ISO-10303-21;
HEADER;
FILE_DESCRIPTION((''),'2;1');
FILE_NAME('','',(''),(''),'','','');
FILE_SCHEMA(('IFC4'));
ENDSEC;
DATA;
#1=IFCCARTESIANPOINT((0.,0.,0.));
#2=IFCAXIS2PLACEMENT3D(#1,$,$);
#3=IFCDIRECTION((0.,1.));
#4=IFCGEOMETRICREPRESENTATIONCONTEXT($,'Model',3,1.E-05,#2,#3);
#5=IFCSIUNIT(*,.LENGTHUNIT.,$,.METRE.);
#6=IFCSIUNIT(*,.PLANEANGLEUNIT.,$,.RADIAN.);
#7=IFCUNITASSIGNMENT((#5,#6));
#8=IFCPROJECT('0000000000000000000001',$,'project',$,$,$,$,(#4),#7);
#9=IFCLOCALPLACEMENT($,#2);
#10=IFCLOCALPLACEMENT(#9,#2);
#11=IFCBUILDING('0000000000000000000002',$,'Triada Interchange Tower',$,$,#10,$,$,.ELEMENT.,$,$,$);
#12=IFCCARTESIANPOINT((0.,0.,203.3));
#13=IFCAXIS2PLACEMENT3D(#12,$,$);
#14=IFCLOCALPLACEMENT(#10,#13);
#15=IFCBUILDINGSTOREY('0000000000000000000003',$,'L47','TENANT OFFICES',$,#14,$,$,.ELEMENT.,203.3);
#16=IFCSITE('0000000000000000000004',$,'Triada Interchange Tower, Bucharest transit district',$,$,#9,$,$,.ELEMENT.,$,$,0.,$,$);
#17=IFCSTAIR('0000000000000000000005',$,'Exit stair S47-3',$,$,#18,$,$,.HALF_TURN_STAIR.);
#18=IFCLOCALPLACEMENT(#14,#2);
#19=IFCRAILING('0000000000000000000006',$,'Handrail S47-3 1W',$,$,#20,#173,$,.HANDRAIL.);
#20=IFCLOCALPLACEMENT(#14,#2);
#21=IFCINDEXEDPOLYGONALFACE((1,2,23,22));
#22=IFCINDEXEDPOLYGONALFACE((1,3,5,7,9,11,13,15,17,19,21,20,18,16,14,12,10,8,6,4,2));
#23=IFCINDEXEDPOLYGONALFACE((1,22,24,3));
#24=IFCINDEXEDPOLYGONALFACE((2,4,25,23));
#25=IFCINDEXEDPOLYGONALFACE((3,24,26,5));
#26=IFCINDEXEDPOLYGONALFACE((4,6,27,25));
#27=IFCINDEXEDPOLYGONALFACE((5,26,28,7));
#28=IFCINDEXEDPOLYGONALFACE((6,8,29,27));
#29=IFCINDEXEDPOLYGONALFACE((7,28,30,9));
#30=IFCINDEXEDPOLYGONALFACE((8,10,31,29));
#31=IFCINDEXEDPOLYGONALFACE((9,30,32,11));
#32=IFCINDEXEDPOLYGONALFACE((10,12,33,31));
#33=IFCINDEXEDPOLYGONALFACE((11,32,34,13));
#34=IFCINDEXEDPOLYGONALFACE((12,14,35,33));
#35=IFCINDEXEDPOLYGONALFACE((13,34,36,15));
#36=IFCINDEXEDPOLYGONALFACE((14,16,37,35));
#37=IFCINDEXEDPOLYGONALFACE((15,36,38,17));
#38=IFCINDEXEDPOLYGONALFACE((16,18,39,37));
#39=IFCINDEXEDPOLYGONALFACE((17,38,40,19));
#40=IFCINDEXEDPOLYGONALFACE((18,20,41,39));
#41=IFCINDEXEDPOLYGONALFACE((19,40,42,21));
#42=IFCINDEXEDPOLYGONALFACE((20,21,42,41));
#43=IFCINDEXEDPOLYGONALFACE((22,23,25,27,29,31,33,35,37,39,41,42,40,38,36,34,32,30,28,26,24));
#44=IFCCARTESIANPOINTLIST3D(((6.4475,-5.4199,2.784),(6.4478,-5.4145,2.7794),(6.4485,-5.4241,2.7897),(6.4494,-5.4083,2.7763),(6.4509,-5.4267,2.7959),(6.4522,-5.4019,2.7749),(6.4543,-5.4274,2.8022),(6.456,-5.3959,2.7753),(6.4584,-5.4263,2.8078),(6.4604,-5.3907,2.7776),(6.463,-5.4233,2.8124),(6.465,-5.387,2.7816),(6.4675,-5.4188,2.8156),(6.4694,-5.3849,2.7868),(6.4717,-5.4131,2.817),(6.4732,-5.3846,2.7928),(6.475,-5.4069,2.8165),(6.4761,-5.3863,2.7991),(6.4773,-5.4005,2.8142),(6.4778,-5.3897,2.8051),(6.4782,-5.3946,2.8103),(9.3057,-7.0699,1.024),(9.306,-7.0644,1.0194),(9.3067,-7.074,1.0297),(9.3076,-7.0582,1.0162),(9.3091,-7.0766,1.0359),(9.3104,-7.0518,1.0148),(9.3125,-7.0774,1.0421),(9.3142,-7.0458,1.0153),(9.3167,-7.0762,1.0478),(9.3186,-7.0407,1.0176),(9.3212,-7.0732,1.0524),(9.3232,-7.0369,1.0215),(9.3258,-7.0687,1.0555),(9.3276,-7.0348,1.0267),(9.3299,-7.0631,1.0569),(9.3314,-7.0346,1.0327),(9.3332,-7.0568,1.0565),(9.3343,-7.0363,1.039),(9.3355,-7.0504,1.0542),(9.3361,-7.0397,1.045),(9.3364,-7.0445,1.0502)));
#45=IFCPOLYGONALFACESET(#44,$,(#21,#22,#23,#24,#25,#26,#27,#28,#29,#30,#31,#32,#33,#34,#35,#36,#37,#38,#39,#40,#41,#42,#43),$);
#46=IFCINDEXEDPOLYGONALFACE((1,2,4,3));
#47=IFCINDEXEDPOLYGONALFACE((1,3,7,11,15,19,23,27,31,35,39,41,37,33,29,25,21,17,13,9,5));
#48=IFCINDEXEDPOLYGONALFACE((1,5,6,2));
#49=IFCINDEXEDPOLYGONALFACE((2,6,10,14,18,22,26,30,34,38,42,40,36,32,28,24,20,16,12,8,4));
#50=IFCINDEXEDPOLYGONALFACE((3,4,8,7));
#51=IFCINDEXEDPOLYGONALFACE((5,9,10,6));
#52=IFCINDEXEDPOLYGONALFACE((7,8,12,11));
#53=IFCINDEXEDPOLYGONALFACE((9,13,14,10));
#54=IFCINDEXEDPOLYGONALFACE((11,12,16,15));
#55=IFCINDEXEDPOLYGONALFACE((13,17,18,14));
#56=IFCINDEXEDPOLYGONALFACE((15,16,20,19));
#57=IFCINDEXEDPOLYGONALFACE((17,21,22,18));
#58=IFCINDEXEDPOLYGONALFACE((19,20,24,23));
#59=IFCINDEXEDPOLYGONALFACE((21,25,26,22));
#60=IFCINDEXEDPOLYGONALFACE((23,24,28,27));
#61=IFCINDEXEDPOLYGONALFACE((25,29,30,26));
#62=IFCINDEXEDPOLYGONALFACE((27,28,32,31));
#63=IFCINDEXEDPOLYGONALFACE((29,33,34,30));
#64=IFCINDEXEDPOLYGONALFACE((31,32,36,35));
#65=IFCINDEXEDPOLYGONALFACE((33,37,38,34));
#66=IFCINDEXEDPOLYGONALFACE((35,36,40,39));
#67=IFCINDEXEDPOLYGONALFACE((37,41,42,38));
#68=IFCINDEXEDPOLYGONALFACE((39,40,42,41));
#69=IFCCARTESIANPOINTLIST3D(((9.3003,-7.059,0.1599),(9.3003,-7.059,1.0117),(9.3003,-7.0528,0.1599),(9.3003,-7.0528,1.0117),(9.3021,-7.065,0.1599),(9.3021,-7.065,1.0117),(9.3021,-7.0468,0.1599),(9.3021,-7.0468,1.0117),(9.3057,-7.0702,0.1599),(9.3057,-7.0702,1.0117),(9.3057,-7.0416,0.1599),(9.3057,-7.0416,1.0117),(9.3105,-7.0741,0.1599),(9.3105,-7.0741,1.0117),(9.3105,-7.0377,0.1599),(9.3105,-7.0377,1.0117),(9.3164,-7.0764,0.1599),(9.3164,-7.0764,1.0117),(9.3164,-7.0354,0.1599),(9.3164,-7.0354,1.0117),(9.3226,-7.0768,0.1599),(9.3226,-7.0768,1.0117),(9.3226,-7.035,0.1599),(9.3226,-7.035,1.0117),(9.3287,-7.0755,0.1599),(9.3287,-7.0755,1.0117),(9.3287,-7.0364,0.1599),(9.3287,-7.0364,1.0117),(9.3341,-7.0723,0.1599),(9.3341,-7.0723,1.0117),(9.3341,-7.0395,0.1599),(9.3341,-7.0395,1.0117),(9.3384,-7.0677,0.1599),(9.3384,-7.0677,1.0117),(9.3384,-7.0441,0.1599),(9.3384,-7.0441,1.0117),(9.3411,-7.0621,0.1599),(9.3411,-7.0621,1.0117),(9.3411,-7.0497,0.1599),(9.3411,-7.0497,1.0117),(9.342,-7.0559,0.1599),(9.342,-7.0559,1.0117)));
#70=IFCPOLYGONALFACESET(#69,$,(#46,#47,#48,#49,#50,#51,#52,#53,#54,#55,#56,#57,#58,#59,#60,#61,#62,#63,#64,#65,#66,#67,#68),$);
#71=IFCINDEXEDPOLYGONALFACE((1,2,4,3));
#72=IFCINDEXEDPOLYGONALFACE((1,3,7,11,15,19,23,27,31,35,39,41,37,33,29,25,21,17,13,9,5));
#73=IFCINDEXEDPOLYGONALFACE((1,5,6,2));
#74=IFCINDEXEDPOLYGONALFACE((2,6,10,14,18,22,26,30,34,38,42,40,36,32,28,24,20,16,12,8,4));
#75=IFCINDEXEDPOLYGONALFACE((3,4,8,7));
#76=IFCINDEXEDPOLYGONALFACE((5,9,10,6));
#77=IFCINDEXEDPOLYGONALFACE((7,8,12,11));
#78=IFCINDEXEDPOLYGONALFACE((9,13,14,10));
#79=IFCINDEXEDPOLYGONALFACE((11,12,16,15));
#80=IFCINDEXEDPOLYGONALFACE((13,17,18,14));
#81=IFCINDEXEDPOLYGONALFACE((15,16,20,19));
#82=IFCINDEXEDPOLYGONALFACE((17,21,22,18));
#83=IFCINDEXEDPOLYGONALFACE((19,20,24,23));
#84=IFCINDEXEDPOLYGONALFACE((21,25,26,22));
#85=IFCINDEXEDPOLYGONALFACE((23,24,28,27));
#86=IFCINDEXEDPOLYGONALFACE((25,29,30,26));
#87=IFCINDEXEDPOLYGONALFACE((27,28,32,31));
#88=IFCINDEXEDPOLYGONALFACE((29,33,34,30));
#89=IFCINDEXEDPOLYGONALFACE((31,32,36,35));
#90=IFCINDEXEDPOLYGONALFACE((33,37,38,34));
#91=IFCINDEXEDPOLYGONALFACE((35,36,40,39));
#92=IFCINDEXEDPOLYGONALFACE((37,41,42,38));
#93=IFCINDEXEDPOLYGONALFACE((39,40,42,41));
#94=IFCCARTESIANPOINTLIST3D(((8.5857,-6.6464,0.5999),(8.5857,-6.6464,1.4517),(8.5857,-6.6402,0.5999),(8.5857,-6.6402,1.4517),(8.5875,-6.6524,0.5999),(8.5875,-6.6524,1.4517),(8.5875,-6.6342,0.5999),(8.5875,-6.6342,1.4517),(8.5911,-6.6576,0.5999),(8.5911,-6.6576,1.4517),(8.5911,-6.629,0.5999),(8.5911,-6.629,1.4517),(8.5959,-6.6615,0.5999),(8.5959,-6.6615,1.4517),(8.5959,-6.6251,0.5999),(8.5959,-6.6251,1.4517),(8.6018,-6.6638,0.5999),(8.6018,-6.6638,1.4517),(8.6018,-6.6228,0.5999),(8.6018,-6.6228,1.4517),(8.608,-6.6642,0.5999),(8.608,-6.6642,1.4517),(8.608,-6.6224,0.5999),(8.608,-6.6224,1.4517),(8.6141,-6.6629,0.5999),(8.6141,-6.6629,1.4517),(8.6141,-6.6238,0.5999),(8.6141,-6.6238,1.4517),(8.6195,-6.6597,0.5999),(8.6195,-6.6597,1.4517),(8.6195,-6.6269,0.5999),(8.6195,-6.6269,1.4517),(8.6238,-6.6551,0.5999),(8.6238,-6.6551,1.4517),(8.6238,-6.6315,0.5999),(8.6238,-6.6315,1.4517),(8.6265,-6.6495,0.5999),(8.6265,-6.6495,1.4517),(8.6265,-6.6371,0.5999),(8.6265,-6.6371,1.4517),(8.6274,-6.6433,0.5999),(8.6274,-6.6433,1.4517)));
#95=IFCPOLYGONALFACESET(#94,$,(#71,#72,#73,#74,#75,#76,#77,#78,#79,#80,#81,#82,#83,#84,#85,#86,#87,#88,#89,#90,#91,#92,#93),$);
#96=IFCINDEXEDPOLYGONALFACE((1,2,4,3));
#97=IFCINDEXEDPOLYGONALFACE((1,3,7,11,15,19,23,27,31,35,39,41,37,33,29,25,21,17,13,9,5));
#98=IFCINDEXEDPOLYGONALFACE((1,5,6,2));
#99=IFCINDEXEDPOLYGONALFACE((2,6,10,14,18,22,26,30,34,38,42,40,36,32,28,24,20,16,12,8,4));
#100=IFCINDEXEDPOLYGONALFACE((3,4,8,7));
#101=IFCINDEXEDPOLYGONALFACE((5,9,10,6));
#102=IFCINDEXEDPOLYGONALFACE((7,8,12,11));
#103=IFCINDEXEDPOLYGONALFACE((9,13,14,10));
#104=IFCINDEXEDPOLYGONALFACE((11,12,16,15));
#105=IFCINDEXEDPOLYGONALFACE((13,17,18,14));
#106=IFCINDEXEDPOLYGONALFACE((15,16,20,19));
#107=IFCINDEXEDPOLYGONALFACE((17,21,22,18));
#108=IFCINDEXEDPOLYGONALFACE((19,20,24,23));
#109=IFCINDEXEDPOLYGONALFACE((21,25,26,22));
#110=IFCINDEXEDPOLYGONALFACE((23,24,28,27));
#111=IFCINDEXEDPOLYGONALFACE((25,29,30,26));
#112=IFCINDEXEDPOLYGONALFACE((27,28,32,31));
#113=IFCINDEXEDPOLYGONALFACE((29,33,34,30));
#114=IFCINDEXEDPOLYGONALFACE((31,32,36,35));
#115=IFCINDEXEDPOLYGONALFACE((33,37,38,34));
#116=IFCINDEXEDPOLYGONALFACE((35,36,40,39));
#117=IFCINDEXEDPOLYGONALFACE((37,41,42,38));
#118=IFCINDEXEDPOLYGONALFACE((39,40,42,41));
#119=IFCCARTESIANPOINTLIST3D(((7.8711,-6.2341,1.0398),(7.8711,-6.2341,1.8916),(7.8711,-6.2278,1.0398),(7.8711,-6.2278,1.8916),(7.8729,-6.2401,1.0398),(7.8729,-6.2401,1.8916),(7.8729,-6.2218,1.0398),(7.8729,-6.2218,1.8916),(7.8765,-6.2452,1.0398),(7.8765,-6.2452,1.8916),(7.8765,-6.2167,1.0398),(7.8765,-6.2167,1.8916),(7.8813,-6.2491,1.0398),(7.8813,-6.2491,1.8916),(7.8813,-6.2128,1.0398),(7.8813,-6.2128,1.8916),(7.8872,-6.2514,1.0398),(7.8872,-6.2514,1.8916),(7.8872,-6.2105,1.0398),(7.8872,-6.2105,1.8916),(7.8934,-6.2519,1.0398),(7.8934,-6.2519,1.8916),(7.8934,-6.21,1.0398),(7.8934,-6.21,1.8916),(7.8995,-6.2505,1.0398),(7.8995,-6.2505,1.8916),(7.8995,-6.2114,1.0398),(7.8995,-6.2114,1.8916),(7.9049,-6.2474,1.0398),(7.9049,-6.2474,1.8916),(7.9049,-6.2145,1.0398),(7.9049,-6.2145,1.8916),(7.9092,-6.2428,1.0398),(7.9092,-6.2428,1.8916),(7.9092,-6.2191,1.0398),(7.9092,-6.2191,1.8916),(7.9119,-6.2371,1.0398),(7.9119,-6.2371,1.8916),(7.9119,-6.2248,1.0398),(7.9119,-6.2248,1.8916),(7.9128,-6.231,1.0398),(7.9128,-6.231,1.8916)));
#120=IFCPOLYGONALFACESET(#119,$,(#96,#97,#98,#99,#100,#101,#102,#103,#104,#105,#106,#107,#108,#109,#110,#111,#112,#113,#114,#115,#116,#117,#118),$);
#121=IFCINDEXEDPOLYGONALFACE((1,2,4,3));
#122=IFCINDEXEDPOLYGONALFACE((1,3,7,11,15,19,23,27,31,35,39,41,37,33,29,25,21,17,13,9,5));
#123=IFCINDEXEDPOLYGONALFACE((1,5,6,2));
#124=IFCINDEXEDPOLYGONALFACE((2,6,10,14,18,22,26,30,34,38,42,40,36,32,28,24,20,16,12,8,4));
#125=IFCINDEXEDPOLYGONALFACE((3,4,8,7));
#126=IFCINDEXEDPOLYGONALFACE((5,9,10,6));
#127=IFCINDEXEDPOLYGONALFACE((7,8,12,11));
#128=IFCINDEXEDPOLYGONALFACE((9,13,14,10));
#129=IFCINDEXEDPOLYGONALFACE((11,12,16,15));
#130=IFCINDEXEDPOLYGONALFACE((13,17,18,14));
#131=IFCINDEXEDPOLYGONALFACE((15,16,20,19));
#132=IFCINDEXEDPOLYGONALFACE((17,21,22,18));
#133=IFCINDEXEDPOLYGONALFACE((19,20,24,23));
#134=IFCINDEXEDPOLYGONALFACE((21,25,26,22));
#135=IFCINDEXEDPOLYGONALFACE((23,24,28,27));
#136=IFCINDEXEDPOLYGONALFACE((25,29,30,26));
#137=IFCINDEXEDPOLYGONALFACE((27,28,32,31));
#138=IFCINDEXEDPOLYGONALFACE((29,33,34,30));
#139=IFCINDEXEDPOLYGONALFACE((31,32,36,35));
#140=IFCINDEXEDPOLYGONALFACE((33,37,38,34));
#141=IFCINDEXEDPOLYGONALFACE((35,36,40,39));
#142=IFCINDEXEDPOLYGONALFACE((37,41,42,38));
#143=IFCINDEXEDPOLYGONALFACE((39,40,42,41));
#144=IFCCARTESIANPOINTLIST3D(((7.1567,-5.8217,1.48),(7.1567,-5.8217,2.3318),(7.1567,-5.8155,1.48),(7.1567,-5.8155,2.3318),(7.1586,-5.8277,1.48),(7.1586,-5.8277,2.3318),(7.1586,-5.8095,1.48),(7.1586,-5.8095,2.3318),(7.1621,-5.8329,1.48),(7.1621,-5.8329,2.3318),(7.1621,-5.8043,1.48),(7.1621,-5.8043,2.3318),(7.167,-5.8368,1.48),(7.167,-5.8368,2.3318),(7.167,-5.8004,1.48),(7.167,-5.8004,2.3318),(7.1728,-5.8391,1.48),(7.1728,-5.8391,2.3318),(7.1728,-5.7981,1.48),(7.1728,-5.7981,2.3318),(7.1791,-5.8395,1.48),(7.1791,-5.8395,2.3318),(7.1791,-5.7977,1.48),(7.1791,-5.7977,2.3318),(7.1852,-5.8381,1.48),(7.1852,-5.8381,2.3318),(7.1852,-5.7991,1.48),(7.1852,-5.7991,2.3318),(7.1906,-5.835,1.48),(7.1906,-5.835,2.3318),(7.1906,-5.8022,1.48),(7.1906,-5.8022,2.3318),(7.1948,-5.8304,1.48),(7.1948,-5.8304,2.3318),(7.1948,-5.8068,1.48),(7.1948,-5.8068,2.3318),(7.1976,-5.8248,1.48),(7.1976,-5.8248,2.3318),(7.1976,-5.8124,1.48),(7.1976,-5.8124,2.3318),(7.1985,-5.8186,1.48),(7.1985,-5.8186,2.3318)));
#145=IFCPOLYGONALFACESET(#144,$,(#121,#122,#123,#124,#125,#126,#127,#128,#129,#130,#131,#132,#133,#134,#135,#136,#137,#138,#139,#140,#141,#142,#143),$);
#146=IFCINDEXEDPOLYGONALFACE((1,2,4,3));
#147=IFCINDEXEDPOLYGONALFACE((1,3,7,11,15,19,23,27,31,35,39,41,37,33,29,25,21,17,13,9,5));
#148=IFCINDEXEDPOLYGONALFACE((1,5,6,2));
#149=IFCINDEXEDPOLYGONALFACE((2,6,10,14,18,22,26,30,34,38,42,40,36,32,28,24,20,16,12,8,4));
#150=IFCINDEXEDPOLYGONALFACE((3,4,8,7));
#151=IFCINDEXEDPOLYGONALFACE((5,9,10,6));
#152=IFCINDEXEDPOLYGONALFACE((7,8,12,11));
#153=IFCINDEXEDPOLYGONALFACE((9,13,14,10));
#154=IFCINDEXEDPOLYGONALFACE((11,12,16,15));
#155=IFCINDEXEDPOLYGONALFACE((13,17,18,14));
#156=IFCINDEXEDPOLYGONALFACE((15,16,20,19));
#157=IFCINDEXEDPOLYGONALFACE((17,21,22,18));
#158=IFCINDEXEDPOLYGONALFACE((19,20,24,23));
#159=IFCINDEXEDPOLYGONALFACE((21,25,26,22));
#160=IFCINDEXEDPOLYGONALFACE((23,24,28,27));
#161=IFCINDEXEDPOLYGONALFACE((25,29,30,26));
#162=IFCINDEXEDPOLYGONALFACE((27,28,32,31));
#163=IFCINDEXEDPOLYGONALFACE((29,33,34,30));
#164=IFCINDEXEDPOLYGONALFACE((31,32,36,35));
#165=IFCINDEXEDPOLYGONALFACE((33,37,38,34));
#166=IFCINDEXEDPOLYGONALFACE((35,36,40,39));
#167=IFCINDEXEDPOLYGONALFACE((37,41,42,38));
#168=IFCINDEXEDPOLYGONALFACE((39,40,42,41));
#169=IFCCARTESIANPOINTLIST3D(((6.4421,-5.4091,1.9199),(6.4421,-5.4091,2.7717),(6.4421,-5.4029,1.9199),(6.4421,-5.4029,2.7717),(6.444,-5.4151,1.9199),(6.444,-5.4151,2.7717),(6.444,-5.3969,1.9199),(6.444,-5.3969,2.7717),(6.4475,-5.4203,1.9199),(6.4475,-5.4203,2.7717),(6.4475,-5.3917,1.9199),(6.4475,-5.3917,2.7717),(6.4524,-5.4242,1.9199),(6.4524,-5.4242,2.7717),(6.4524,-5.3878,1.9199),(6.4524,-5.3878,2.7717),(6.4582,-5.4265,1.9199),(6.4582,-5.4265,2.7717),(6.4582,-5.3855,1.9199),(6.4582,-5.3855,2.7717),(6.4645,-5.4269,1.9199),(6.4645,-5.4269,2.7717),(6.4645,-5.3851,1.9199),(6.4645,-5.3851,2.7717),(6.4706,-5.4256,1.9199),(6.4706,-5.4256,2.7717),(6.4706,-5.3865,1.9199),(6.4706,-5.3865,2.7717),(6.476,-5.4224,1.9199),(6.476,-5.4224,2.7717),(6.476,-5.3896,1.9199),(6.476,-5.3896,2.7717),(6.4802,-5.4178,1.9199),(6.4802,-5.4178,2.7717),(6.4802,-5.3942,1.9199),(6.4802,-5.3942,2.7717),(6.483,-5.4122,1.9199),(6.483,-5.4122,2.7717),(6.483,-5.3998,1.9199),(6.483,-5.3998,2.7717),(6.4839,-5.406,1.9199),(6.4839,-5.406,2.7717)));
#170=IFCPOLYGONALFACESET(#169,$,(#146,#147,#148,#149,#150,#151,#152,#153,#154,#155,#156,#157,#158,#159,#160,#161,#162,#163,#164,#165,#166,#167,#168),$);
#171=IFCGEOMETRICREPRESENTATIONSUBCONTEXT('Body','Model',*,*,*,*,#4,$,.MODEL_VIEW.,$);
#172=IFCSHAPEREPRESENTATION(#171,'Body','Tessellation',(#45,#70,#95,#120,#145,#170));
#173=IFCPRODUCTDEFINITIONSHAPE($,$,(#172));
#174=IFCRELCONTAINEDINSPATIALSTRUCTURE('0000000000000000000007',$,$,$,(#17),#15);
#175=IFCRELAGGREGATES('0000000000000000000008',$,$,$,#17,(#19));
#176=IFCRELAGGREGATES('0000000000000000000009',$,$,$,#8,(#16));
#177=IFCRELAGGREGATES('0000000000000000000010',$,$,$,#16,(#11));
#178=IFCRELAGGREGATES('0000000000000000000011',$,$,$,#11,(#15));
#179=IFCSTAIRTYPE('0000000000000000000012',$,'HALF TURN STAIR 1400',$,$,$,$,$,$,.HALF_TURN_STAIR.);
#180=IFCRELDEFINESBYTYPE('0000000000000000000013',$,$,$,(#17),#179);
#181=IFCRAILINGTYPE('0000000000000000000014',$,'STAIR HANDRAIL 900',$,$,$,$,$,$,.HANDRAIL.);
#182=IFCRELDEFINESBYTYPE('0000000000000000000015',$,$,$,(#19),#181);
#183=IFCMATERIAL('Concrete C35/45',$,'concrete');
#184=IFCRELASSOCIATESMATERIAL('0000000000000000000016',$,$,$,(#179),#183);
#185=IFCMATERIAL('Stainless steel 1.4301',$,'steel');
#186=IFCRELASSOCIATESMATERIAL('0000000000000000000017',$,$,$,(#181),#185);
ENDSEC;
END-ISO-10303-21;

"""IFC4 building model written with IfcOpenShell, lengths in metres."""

from ifc_helpers import new_model, si_unit, direction, frame, origin, origin_2d, place, context, subcontext, project, spatial, circle, extrude, material, type_object, element, aggregate, save


model = new_model("IFC4")

# Units and contexts
model_context = context("Model", 3, precision=1e-05, world=origin(), true_north=direction((0.0, 1.0)))
body_context = subcontext(model_context, "Body", "Model", "MODEL_VIEW")
ifc_project = project(units=[si_unit("LENGTHUNIT", "METRE"), si_unit("PLANEANGLEUNIT", "RADIAN")], contexts=[model_context])

# Site, building, storey
site_placement = place(None, origin())
site = spatial("IfcSite", under=ifc_project, at=site_placement, Name="Triada Interchange Tower, Bucharest transit district", CompositionType="ELEMENT", RefElevation=0.0)
building_placement = place(site_placement, origin())
building = spatial("IfcBuilding", under=site, at=building_placement, Name="Triada Interchange Tower", CompositionType="ELEMENT")
storey_placement = place(building_placement, frame((0.0, 0.0, 203.3)))
storey = spatial("IfcBuildingStorey", under=building, at=storey_placement, Name="L47", Description="TENANT OFFICES", CompositionType="ELEMENT", Elevation=203.3)

# Stair, railing
ifc_material_1 = material(Name="Concrete C35/45", Category="concrete")
stair_type = type_object("IfcStairType", Name="HALF TURN STAIR 1400", PredefinedType="HALF_TURN_STAIR", material=ifc_material_1)
stair_placement = place(storey_placement, origin())
stair = element("IfcStair", 1, at=stair_placement, inside=storey, type_object=stair_type, Name="Exit stair S47-3", PredefinedType="HALF_TURN_STAIR")
ifc_material_2 = material(Name="Stainless steel 1.4301", Category="steel")
railing_type = type_object("IfcRailingType", Name="STAIR HANDRAIL 900", PredefinedType="HANDRAIL", material=ifc_material_2)
railing_1_placement = place(storey_placement, frame((9.321, -7.0559, 0.1599)))
railing_1 = element("IfcRailing", 2, at=railing_1_placement, type_object=railing_type, Name="Handrail S47-3 1W", PredefinedType="HANDRAIL", context=body_context, shape_type="SweptSolid", body=[
    extrude(circle(Radius=0.0239, at=origin_2d()), frame((0.0, 0.0, 0.876), z_axis=(-0.764178, 0.441131, 0.47057), x_axis=(-0.499942, -0.866059, 0.0)), (0.0, 0.0, 1.0), 3.7402),
    extrude(circle(Radius=0.021, at=origin_2d()), origin(), (0.0, 0.0, 1.0), 0.8518),
    extrude(circle(Radius=0.021, at=origin_2d()), frame((-0.7146, 0.4126, 0.4399)), (0.0, 0.0, 1.0), 0.8518),
    extrude(circle(Radius=0.021, at=origin_2d()), frame((-1.4292, 0.825, 0.8799)), (0.0, 0.0, 1.0), 0.8518),
    extrude(circle(Radius=0.021, at=origin_2d()), frame((-2.1436, 1.2373, 1.3201)), (0.0, 0.0, 1.0), 0.8518),
    extrude(circle(Radius=0.021, at=origin_2d()), frame((-2.8582, 1.6499, 1.76)), (0.0, 0.0, 1.0), 0.8518),
])
aggregate(stair, [railing_1])

save(model, "model.ifc")
